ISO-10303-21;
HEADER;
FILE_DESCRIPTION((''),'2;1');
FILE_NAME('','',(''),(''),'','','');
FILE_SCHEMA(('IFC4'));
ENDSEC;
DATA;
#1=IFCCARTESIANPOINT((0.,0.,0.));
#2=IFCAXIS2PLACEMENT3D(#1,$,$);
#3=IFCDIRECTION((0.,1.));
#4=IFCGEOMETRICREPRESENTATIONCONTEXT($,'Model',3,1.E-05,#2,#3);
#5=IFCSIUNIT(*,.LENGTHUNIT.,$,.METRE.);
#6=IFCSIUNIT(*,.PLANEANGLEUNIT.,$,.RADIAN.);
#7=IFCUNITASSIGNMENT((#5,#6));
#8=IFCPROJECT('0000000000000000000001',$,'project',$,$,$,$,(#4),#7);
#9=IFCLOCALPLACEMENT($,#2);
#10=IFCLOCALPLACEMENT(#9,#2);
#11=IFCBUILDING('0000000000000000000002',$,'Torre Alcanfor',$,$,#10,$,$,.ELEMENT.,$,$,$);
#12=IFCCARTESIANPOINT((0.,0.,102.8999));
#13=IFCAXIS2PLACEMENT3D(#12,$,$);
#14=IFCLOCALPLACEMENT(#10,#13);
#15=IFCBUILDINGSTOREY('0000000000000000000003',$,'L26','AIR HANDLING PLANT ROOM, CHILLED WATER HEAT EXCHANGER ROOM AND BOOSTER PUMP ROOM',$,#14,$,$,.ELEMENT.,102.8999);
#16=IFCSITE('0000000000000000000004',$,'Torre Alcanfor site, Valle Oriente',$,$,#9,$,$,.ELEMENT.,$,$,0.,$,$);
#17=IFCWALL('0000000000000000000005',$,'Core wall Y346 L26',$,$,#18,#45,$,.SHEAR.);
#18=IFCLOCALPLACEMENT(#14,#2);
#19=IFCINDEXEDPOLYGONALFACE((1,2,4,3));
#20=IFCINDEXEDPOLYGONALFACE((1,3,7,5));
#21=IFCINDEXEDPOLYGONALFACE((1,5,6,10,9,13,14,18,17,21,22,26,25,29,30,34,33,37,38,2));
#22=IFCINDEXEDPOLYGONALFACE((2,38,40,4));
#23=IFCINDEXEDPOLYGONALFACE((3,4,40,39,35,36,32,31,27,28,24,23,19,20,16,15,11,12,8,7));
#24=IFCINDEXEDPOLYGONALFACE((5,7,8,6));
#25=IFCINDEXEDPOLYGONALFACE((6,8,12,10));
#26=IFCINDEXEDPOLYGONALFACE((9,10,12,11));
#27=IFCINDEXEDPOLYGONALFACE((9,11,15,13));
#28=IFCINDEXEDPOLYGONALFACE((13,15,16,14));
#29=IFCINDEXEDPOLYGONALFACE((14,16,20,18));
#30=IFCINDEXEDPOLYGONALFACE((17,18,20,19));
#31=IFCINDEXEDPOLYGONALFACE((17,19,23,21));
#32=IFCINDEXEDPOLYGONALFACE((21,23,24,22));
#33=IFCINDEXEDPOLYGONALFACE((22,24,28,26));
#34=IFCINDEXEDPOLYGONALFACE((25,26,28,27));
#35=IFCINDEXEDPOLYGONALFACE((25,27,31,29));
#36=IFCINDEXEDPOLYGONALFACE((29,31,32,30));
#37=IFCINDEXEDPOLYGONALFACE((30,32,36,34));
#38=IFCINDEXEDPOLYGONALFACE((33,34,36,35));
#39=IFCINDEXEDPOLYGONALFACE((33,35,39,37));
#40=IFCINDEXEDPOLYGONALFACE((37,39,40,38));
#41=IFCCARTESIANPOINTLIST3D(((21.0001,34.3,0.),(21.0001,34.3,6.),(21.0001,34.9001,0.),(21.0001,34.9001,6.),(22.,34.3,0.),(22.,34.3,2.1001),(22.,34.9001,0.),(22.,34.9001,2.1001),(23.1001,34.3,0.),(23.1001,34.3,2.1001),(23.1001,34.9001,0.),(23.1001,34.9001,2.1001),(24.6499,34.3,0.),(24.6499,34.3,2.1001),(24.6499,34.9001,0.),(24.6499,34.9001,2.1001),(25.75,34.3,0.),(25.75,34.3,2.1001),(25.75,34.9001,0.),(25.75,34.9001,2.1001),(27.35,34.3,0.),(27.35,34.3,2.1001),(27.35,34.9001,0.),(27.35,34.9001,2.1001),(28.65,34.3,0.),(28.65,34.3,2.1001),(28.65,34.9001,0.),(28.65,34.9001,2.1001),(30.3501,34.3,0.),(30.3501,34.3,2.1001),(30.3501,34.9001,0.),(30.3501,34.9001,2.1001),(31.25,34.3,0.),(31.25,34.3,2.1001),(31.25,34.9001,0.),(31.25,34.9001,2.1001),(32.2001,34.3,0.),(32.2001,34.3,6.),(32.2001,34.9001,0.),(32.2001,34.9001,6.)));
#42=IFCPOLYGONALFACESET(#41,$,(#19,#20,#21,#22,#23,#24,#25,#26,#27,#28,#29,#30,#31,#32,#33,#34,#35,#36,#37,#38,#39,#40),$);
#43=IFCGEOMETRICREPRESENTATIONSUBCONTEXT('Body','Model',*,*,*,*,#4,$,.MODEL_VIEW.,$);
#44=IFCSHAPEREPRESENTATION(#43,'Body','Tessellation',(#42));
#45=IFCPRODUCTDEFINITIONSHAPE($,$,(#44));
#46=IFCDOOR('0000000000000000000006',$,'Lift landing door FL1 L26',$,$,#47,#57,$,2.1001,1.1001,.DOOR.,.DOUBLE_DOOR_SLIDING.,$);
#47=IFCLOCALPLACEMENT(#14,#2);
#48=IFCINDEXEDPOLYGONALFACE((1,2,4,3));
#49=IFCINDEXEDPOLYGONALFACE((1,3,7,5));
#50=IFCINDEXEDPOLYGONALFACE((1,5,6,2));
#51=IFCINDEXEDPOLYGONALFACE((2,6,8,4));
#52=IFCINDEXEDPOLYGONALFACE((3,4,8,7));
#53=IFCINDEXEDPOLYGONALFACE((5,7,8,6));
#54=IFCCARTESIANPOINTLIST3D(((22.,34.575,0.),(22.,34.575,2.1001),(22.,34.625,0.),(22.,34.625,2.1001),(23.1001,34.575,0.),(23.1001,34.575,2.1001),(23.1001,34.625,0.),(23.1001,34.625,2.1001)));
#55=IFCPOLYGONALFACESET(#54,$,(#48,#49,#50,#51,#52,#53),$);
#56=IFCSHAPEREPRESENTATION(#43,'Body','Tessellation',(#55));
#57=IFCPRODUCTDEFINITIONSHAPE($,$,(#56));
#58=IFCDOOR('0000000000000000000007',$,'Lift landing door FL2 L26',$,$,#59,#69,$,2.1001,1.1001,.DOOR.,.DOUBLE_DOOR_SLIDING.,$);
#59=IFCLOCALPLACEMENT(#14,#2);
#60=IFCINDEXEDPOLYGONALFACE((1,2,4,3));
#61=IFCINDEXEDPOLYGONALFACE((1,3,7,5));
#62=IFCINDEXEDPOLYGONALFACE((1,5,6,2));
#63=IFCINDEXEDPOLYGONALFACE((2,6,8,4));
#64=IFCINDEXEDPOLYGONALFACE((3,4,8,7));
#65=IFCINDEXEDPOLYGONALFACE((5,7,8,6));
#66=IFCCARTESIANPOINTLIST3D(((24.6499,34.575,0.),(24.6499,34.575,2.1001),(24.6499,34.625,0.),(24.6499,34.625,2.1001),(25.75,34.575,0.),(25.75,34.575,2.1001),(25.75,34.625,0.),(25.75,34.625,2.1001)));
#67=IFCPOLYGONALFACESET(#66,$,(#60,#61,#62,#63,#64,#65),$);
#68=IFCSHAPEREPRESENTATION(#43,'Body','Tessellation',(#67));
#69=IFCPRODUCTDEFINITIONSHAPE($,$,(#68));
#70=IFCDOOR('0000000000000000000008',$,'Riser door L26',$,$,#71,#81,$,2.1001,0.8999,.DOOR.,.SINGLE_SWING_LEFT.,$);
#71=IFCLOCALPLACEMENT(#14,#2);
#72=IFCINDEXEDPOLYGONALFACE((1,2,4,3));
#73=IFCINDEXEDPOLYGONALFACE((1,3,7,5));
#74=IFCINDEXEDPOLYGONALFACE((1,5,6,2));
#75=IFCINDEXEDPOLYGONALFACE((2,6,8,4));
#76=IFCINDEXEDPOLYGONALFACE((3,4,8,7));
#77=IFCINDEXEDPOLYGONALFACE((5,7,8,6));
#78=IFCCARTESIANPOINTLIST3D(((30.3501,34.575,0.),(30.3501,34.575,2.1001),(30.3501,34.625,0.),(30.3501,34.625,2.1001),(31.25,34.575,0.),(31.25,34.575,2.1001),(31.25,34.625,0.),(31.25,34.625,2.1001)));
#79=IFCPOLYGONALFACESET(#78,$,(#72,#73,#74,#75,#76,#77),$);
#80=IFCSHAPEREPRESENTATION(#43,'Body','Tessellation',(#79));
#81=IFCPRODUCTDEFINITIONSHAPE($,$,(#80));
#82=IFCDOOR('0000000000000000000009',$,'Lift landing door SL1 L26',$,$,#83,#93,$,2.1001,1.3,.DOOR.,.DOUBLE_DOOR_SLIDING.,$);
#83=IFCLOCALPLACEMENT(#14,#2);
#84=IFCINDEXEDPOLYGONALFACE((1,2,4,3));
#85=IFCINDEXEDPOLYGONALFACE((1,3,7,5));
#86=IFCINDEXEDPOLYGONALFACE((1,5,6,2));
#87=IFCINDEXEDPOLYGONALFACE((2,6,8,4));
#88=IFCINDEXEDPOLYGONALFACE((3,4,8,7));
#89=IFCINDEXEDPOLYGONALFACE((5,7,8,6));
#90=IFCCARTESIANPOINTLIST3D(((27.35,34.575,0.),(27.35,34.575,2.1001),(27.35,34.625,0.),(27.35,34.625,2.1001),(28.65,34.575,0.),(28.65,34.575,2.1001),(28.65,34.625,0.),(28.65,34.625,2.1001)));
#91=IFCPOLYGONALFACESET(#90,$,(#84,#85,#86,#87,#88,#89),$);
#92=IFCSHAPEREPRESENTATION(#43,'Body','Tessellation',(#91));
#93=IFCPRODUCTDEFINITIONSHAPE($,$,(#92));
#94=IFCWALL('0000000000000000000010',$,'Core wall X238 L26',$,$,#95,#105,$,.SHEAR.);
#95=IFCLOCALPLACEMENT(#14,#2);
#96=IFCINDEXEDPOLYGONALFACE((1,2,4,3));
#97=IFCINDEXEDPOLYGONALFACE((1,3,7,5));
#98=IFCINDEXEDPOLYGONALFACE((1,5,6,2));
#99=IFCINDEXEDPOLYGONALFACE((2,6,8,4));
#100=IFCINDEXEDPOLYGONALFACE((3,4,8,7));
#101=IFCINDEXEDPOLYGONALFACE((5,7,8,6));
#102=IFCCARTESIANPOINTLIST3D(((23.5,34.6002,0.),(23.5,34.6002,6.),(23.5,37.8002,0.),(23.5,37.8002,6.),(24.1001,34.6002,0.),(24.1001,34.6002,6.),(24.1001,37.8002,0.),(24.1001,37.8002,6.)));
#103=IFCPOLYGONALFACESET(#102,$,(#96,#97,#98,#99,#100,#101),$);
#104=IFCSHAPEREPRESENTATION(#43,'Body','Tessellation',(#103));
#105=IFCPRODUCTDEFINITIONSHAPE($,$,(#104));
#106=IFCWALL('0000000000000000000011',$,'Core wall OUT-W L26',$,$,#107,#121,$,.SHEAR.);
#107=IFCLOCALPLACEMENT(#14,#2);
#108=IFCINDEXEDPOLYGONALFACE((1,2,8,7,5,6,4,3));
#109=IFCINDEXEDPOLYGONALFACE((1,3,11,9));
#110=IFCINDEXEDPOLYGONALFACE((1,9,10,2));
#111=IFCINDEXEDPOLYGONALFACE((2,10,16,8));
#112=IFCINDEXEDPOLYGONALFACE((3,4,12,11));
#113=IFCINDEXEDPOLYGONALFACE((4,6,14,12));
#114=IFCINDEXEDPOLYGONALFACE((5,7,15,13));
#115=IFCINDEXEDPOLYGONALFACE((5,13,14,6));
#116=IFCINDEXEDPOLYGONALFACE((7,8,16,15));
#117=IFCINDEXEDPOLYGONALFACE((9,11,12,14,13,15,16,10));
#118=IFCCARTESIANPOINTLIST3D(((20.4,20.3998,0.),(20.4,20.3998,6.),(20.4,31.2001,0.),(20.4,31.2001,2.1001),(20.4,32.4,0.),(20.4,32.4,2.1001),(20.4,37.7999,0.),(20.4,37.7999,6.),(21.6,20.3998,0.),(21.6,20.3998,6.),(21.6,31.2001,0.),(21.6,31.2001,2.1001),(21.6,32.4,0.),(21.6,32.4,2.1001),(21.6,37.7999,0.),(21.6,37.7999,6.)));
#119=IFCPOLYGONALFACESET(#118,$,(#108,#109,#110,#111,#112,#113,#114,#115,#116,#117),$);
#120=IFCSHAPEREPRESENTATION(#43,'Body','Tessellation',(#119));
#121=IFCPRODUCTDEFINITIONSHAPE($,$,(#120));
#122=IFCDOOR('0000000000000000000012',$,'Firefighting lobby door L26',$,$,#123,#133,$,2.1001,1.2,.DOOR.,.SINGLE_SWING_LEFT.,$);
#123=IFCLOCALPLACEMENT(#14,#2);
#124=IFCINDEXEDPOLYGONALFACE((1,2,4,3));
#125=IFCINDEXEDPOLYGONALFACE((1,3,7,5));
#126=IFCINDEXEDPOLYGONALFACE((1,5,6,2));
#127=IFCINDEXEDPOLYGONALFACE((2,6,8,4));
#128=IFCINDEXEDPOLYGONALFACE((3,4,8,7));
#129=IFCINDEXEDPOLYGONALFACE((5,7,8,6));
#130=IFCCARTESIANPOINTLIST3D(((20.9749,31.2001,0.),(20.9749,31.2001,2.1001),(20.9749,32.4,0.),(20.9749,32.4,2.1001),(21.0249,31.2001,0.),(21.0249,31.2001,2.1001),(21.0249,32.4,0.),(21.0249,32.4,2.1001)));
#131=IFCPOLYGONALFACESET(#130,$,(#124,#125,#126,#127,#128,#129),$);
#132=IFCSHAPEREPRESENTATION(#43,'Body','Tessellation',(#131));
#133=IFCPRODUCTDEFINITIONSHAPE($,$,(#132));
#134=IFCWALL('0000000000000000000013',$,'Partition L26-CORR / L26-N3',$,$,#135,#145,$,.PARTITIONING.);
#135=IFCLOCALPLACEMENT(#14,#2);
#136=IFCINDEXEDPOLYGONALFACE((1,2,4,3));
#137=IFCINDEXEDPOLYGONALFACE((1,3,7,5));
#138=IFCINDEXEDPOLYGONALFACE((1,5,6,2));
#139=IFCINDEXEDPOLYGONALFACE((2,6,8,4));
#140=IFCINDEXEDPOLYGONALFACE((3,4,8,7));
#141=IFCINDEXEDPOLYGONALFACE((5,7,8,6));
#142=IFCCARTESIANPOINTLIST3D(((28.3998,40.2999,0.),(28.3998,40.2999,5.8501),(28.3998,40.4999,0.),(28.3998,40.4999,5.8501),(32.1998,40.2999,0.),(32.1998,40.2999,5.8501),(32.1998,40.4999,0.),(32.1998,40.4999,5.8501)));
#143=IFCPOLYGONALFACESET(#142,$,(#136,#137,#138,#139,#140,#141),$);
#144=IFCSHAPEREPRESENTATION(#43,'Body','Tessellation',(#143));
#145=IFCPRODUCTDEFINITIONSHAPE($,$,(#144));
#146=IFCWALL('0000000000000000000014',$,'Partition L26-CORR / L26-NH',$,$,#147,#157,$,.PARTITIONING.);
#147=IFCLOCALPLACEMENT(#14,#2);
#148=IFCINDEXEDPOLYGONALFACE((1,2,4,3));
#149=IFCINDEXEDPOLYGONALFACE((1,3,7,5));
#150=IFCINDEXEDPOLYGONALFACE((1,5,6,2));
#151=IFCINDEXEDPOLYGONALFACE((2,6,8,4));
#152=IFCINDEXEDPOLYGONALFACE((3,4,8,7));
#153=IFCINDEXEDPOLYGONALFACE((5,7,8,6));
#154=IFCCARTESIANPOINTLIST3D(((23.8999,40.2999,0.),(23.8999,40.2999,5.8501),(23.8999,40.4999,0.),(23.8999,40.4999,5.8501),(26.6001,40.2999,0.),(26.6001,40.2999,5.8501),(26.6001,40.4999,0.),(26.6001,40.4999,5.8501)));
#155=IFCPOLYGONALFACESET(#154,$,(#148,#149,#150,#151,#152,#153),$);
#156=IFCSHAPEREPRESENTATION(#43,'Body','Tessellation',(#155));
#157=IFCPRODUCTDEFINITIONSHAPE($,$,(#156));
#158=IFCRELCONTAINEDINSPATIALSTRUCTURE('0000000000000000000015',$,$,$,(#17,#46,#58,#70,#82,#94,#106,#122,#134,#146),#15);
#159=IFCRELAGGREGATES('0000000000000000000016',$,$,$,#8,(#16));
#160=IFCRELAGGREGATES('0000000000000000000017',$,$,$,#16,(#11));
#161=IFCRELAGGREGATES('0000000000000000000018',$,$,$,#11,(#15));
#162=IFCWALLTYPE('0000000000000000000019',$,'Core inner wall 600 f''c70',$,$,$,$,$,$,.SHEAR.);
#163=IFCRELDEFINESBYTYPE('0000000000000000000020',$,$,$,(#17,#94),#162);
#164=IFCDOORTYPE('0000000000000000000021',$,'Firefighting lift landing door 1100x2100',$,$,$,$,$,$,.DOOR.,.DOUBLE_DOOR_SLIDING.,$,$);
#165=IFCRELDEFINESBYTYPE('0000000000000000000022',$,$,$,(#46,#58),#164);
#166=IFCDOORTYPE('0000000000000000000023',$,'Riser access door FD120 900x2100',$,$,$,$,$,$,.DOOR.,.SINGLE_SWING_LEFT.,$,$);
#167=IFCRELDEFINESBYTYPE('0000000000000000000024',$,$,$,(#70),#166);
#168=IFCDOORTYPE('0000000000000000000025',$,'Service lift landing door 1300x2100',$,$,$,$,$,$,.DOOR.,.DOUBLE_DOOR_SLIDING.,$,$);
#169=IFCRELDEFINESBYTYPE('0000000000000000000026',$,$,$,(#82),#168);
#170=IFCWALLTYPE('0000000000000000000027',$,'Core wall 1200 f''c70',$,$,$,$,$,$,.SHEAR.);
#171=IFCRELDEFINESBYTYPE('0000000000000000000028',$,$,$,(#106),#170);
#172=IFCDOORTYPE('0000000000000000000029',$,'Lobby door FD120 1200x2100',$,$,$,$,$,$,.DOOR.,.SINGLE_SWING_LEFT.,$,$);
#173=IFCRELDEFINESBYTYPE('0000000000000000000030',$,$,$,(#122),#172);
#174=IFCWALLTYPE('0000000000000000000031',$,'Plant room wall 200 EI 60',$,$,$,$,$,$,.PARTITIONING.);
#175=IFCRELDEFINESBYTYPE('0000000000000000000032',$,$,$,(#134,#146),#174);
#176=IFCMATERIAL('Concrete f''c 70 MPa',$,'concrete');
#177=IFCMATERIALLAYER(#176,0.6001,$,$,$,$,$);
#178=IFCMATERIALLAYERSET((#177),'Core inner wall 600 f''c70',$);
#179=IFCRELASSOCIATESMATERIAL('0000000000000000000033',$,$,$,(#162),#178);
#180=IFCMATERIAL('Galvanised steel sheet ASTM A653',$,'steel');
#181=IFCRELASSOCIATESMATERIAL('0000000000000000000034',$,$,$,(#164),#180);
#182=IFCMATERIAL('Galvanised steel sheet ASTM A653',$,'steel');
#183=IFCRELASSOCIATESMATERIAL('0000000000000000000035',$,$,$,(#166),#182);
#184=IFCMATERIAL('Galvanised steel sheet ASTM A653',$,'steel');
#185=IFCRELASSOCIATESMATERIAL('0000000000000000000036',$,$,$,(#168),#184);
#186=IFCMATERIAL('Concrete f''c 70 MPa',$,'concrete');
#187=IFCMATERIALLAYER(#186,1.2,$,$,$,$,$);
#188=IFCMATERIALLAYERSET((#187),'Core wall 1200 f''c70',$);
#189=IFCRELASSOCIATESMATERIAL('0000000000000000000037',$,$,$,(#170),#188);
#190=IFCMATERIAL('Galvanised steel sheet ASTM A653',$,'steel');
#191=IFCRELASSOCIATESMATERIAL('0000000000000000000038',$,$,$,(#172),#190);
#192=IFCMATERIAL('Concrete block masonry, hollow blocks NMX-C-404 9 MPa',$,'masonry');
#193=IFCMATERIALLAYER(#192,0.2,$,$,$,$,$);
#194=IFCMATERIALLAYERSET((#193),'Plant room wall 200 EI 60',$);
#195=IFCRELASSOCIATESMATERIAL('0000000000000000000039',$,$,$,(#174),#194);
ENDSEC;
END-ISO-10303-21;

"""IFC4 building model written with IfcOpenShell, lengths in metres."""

from ifc_helpers import new_model, si_unit, direction, frame, frame_2d, origin, place, context, subcontext, project, spatial, rectangle, extrude, material, layer, layer_set, type_object, element, fill, save


model = new_model("IFC4")

# Units and contexts
model_context = context("Model", 3, precision=1e-05, world=origin(), true_north=direction((0.0, 1.0)))
body_context = subcontext(model_context, "Body", "Model", "MODEL_VIEW")
ifc_project = project(units=[si_unit("LENGTHUNIT", "METRE"), si_unit("PLANEANGLEUNIT", "RADIAN")], contexts=[model_context])

# Site, building, storey
site_placement = place(None, origin())
site = spatial("IfcSite", under=ifc_project, at=site_placement, Name="Torre Alcanfor site, Valle Oriente", CompositionType="ELEMENT", RefElevation=0.0)
building_placement = place(site_placement, origin())
building = spatial("IfcBuilding", under=site, at=building_placement, Name="Torre Alcanfor", CompositionType="ELEMENT")
storey_placement = place(building_placement, frame((0.0, 0.0, 102.8999)))
storey = spatial("IfcBuildingStorey", under=building, at=storey_placement, Name="L26", Description="AIR HANDLING PLANT ROOM, CHILLED WATER HEAT EXCHANGER ROOM AND BOOSTER PUMP ROOM", CompositionType="ELEMENT", Elevation=102.8999)

# Shared definitions
ifc_material_1 = material(Name="Concrete f'c 70 MPa", Category="concrete")
ifc_layer_1 = layer(ifc_material_1, 0.6001)
ifc_layer_set_1 = layer_set([ifc_layer_1], Name="Core inner wall 600 f'c70")
wall_type_1 = type_object("IfcWallType", Name="Core inner wall 600 f'c70", PredefinedType="SHEAR", material=ifc_layer_set_1)

# Wall, openings, doors
wall_1_placement = place(storey_placement, frame((21.0, 34.6001, 0.0), z_axis=(0.0, 0.0, 1.0), x_axis=(1.0, 0.0, 0.0)))
wall_1 = element("IfcWall", 1, at=wall_1_placement, inside=storey, type_object=wall_type_1, Name="Core wall Y346 L26", PredefinedType="SHEAR", context=body_context, shape_type="SweptSolid", body=[
    extrude(rectangle(XDim=11.2, YDim=0.6001, at=frame_2d((5.6001, 0.0))), origin(), (0.0, 0.0, 1.0), 6.0),
])
opening_1_placement = place(wall_1_placement, frame((9.3501, 0.0, 0.0)))
opening_1 = element("IfcOpeningElement", 2, at=opening_1_placement, cuts=wall_1, PredefinedType="OPENING", context=body_context, shape_type="SweptSolid", body=[
    extrude(rectangle(XDim=0.8999, YDim=2.1001, at=frame_2d((0.45, 1.05))), frame((0.0, 0.3101, 0.0), z_axis=(0.0, -1.0, 0.0), x_axis=(1.0, 0.0, 0.0)), (0.0, 0.0, 1.0), 0.6201),
])
opening_2_placement = place(wall_1_placement, frame((1.0, 0.0, 0.0)))
opening_2 = element("IfcOpeningElement", 3, at=opening_2_placement, cuts=wall_1, PredefinedType="OPENING", context=body_context, shape_type="SweptSolid", body=[
    extrude(rectangle(XDim=1.1001, YDim=2.1001, at=frame_2d((0.55, 1.05))), frame((0.0, 0.3101, 0.0), z_axis=(0.0, -1.0, 0.0), x_axis=(1.0, 0.0, 0.0)), (0.0, 0.0, 1.0), 0.6201),
])
opening_3_placement = place(wall_1_placement, frame((3.6499, 0.0, 0.0)))
opening_3 = element("IfcOpeningElement", 4, at=opening_3_placement, cuts=wall_1, PredefinedType="OPENING", context=body_context, shape_type="SweptSolid", body=[
    extrude(rectangle(XDim=1.1001, YDim=2.1001, at=frame_2d((0.55, 1.05))), frame((0.0, 0.3101, 0.0), z_axis=(0.0, -1.0, 0.0), x_axis=(1.0, 0.0, 0.0)), (0.0, 0.0, 1.0), 0.6201),
])
opening_4_placement = place(wall_1_placement, frame((6.3501, 0.0, 0.0)))
opening_4 = element("IfcOpeningElement", 5, at=opening_4_placement, cuts=wall_1, PredefinedType="OPENING", context=body_context, shape_type="SweptSolid", body=[
    extrude(rectangle(XDim=1.3, YDim=2.1001, at=frame_2d((0.6499, 1.05))), frame((0.0, 0.3101, 0.0), z_axis=(0.0, -1.0, 0.0), x_axis=(1.0, 0.0, 0.0)), (0.0, 0.0, 1.0), 0.6201),
])
ifc_material_2 = material(Name="Galvanised steel sheet ASTM A653", Category="steel")
door_type_1 = type_object("IfcDoorType", Name="Firefighting lift landing door 1100x2100", OperationType="DOUBLE_DOOR_SLIDING", PredefinedType="DOOR", material=ifc_material_2)
door_1_placement = place(opening_2_placement, origin())
door_1 = element("IfcDoor", 6, at=door_1_placement, inside=storey, type_object=door_type_1, Name="Lift landing door FL1 L26", OperationType="DOUBLE_DOOR_SLIDING", OverallHeight=2.1001, OverallWidth=1.1001, PredefinedType="DOOR", context=body_context, shape_type="SweptSolid", body=[
    extrude(rectangle(XDim=1.1001, YDim=2.1001, at=frame_2d((0.55, 1.05))), frame((0.0, 0.0249, 0.0), z_axis=(0.0, -1.0, 0.0), x_axis=(1.0, 0.0, 0.0)), (0.0, 0.0, 1.0), 0.05),
])
fill(opening_2, door_1)
door_2_placement = place(opening_3_placement, origin())
door_2 = element("IfcDoor", 7, at=door_2_placement, inside=storey, type_object=door_type_1, Name="Lift landing door FL2 L26", OperationType="DOUBLE_DOOR_SLIDING", OverallHeight=2.1001, OverallWidth=1.1001, PredefinedType="DOOR", context=body_context, shape_type="SweptSolid", body=[
    extrude(rectangle(XDim=1.1001, YDim=2.1001, at=frame_2d((0.55, 1.05))), frame((0.0, 0.0249, 0.0), z_axis=(0.0, -1.0, 0.0), x_axis=(1.0, 0.0, 0.0)), (0.0, 0.0, 1.0), 0.05),
])
fill(opening_3, door_2)
ifc_material_3 = material(Name="Galvanised steel sheet ASTM A653", Category="steel")
door_type_2 = type_object("IfcDoorType", Name="Riser access door FD120 900x2100", OperationType="SINGLE_SWING_LEFT", PredefinedType="DOOR", material=ifc_material_3)
door_3_placement = place(opening_1_placement, origin())
door_3 = element("IfcDoor", 8, at=door_3_placement, inside=storey, type_object=door_type_2, Name="Riser door L26", OperationType="SINGLE_SWING_LEFT", OverallHeight=2.1001, OverallWidth=0.8999, PredefinedType="DOOR", context=body_context, shape_type="SweptSolid", body=[
    extrude(rectangle(XDim=0.8999, YDim=2.1001, at=frame_2d((0.45, 1.05))), frame((0.0, 0.0249, 0.0), z_axis=(0.0, -1.0, 0.0), x_axis=(1.0, 0.0, 0.0)), (0.0, 0.0, 1.0), 0.05),
])
fill(opening_1, door_3)
ifc_material_4 = material(Name="Galvanised steel sheet ASTM A653", Category="steel")
door_type_3 = type_object("IfcDoorType", Name="Service lift landing door 1300x2100", OperationType="DOUBLE_DOOR_SLIDING", PredefinedType="DOOR", material=ifc_material_4)
door_4_placement = place(opening_4_placement, origin())
door_4 = element("IfcDoor", 9, at=door_4_placement, inside=storey, type_object=door_type_3, Name="Lift landing door SL1 L26", OperationType="DOUBLE_DOOR_SLIDING", OverallHeight=2.1001, OverallWidth=1.3, PredefinedType="DOOR", context=body_context, shape_type="SweptSolid", body=[
    extrude(rectangle(XDim=1.3, YDim=2.1001, at=frame_2d((0.6499, 1.05))), frame((0.0, 0.0249, 0.0), z_axis=(0.0, -1.0, 0.0), x_axis=(1.0, 0.0, 0.0)), (0.0, 0.0, 1.0), 0.05),
])
fill(opening_4, door_4)

# Wall
wall_2_placement = place(storey_placement, frame((23.8, 34.6001, 0.0), z_axis=(0.0, 0.0, 1.0), x_axis=(0.0, 1.0, 0.0)))
element("IfcWall", 10, at=wall_2_placement, inside=storey, type_object=wall_type_1, Name="Core wall X238 L26", PredefinedType="SHEAR", context=body_context, shape_type="SweptSolid", body=[
    extrude(rectangle(XDim=3.2, YDim=0.6001, at=frame_2d((1.6001, 0.0))), origin(), (0.0, 0.0, 1.0), 6.0),
])

# Wall, opening, door
ifc_material_5 = material(Name="Concrete f'c 70 MPa", Category="concrete")
ifc_layer_2 = layer(ifc_material_5, 1.2)
ifc_layer_set_2 = layer_set([ifc_layer_2], Name="Core wall 1200 f'c70")
wall_type_2 = type_object("IfcWallType", Name="Core wall 1200 f'c70", PredefinedType="SHEAR", material=ifc_layer_set_2)
wall_3_placement = place(storey_placement, frame((21.0, 37.8, 0.0), z_axis=(0.0, 0.0, 1.0), x_axis=(0.0, -1.0, 0.0)))
wall_3 = element("IfcWall", 11, at=wall_3_placement, inside=storey, type_object=wall_type_2, Name="Core wall OUT-W L26", PredefinedType="SHEAR", context=body_context, shape_type="SweptSolid", body=[
    extrude(rectangle(XDim=17.4001, YDim=1.2, at=frame_2d((8.7002, 0.0))), origin(), (0.0, 0.0, 1.0), 6.0),
])
opening_5_placement = place(wall_3_placement, frame((5.3999, 0.0, 0.0)))
opening_5 = element("IfcOpeningElement", 12, at=opening_5_placement, cuts=wall_3, PredefinedType="OPENING", context=body_context, shape_type="SweptSolid", body=[
    extrude(rectangle(XDim=1.2, YDim=2.1001, at=frame_2d((0.6001, 1.05))), frame((0.0, 0.6099, 0.0), z_axis=(0.0, -1.0, 0.0), x_axis=(1.0, 0.0, 0.0)), (0.0, 0.0, 1.0), 1.22),
])
ifc_material_6 = material(Name="Galvanised steel sheet ASTM A653", Category="steel")
door_type_4 = type_object("IfcDoorType", Name="Lobby door FD120 1200x2100", OperationType="SINGLE_SWING_LEFT", PredefinedType="DOOR", material=ifc_material_6)
door_5_placement = place(opening_5_placement, origin())
door_5 = element("IfcDoor", 13, at=door_5_placement, inside=storey, type_object=door_type_4, Name="Firefighting lobby door L26", OperationType="SINGLE_SWING_LEFT", OverallHeight=2.1001, OverallWidth=1.2, PredefinedType="DOOR", context=body_context, shape_type="SweptSolid", body=[
    extrude(rectangle(XDim=1.2, YDim=2.1001, at=frame_2d((0.6001, 1.05))), frame((0.0, 0.0249, 0.0), z_axis=(0.0, -1.0, 0.0), x_axis=(1.0, 0.0, 0.0)), (0.0, 0.0, 1.0), 0.05),
])
fill(opening_5, door_5)

# Walls
ifc_material_7 = material(Name="Concrete block masonry, hollow blocks NMX-C-404 9 MPa", Category="masonry")
ifc_layer_3 = layer(ifc_material_7, 0.2)
ifc_layer_set_3 = layer_set([ifc_layer_3], Name="Plant room wall 200 EI 60")
wall_type_3 = type_object("IfcWallType", Name="Plant room wall 200 EI 60", PredefinedType="PARTITIONING", material=ifc_layer_set_3)
wall_4_placement = place(storey_placement, frame((28.3999, 40.3999, 0.0), z_axis=(0.0, 0.0, 1.0), x_axis=(1.0, 0.0, 0.0)))
element("IfcWall", 14, at=wall_4_placement, inside=storey, type_object=wall_type_3, Name="Partition L26-CORR / L26-N3", PredefinedType="PARTITIONING", context=body_context, shape_type="SweptSolid", body=[
    extrude(rectangle(XDim=3.8, YDim=0.2, at=frame_2d((1.8999, 0.0))), origin(), (0.0, 0.0, 1.0), 5.8501),
])
wall_5_placement = place(storey_placement, frame((23.8999, 40.3999, 0.0), z_axis=(0.0, 0.0, 1.0), x_axis=(1.0, 0.0, 0.0)))
element("IfcWall", 15, at=wall_5_placement, inside=storey, type_object=wall_type_3, Name="Partition L26-CORR / L26-NH", PredefinedType="PARTITIONING", context=body_context, shape_type="SweptSolid", body=[
    extrude(rectangle(XDim=2.7002, YDim=0.2, at=frame_2d((1.3501, 0.0))), origin(), (0.0, 0.0, 1.0), 5.8501),
])

save(model, "model.ifc")
